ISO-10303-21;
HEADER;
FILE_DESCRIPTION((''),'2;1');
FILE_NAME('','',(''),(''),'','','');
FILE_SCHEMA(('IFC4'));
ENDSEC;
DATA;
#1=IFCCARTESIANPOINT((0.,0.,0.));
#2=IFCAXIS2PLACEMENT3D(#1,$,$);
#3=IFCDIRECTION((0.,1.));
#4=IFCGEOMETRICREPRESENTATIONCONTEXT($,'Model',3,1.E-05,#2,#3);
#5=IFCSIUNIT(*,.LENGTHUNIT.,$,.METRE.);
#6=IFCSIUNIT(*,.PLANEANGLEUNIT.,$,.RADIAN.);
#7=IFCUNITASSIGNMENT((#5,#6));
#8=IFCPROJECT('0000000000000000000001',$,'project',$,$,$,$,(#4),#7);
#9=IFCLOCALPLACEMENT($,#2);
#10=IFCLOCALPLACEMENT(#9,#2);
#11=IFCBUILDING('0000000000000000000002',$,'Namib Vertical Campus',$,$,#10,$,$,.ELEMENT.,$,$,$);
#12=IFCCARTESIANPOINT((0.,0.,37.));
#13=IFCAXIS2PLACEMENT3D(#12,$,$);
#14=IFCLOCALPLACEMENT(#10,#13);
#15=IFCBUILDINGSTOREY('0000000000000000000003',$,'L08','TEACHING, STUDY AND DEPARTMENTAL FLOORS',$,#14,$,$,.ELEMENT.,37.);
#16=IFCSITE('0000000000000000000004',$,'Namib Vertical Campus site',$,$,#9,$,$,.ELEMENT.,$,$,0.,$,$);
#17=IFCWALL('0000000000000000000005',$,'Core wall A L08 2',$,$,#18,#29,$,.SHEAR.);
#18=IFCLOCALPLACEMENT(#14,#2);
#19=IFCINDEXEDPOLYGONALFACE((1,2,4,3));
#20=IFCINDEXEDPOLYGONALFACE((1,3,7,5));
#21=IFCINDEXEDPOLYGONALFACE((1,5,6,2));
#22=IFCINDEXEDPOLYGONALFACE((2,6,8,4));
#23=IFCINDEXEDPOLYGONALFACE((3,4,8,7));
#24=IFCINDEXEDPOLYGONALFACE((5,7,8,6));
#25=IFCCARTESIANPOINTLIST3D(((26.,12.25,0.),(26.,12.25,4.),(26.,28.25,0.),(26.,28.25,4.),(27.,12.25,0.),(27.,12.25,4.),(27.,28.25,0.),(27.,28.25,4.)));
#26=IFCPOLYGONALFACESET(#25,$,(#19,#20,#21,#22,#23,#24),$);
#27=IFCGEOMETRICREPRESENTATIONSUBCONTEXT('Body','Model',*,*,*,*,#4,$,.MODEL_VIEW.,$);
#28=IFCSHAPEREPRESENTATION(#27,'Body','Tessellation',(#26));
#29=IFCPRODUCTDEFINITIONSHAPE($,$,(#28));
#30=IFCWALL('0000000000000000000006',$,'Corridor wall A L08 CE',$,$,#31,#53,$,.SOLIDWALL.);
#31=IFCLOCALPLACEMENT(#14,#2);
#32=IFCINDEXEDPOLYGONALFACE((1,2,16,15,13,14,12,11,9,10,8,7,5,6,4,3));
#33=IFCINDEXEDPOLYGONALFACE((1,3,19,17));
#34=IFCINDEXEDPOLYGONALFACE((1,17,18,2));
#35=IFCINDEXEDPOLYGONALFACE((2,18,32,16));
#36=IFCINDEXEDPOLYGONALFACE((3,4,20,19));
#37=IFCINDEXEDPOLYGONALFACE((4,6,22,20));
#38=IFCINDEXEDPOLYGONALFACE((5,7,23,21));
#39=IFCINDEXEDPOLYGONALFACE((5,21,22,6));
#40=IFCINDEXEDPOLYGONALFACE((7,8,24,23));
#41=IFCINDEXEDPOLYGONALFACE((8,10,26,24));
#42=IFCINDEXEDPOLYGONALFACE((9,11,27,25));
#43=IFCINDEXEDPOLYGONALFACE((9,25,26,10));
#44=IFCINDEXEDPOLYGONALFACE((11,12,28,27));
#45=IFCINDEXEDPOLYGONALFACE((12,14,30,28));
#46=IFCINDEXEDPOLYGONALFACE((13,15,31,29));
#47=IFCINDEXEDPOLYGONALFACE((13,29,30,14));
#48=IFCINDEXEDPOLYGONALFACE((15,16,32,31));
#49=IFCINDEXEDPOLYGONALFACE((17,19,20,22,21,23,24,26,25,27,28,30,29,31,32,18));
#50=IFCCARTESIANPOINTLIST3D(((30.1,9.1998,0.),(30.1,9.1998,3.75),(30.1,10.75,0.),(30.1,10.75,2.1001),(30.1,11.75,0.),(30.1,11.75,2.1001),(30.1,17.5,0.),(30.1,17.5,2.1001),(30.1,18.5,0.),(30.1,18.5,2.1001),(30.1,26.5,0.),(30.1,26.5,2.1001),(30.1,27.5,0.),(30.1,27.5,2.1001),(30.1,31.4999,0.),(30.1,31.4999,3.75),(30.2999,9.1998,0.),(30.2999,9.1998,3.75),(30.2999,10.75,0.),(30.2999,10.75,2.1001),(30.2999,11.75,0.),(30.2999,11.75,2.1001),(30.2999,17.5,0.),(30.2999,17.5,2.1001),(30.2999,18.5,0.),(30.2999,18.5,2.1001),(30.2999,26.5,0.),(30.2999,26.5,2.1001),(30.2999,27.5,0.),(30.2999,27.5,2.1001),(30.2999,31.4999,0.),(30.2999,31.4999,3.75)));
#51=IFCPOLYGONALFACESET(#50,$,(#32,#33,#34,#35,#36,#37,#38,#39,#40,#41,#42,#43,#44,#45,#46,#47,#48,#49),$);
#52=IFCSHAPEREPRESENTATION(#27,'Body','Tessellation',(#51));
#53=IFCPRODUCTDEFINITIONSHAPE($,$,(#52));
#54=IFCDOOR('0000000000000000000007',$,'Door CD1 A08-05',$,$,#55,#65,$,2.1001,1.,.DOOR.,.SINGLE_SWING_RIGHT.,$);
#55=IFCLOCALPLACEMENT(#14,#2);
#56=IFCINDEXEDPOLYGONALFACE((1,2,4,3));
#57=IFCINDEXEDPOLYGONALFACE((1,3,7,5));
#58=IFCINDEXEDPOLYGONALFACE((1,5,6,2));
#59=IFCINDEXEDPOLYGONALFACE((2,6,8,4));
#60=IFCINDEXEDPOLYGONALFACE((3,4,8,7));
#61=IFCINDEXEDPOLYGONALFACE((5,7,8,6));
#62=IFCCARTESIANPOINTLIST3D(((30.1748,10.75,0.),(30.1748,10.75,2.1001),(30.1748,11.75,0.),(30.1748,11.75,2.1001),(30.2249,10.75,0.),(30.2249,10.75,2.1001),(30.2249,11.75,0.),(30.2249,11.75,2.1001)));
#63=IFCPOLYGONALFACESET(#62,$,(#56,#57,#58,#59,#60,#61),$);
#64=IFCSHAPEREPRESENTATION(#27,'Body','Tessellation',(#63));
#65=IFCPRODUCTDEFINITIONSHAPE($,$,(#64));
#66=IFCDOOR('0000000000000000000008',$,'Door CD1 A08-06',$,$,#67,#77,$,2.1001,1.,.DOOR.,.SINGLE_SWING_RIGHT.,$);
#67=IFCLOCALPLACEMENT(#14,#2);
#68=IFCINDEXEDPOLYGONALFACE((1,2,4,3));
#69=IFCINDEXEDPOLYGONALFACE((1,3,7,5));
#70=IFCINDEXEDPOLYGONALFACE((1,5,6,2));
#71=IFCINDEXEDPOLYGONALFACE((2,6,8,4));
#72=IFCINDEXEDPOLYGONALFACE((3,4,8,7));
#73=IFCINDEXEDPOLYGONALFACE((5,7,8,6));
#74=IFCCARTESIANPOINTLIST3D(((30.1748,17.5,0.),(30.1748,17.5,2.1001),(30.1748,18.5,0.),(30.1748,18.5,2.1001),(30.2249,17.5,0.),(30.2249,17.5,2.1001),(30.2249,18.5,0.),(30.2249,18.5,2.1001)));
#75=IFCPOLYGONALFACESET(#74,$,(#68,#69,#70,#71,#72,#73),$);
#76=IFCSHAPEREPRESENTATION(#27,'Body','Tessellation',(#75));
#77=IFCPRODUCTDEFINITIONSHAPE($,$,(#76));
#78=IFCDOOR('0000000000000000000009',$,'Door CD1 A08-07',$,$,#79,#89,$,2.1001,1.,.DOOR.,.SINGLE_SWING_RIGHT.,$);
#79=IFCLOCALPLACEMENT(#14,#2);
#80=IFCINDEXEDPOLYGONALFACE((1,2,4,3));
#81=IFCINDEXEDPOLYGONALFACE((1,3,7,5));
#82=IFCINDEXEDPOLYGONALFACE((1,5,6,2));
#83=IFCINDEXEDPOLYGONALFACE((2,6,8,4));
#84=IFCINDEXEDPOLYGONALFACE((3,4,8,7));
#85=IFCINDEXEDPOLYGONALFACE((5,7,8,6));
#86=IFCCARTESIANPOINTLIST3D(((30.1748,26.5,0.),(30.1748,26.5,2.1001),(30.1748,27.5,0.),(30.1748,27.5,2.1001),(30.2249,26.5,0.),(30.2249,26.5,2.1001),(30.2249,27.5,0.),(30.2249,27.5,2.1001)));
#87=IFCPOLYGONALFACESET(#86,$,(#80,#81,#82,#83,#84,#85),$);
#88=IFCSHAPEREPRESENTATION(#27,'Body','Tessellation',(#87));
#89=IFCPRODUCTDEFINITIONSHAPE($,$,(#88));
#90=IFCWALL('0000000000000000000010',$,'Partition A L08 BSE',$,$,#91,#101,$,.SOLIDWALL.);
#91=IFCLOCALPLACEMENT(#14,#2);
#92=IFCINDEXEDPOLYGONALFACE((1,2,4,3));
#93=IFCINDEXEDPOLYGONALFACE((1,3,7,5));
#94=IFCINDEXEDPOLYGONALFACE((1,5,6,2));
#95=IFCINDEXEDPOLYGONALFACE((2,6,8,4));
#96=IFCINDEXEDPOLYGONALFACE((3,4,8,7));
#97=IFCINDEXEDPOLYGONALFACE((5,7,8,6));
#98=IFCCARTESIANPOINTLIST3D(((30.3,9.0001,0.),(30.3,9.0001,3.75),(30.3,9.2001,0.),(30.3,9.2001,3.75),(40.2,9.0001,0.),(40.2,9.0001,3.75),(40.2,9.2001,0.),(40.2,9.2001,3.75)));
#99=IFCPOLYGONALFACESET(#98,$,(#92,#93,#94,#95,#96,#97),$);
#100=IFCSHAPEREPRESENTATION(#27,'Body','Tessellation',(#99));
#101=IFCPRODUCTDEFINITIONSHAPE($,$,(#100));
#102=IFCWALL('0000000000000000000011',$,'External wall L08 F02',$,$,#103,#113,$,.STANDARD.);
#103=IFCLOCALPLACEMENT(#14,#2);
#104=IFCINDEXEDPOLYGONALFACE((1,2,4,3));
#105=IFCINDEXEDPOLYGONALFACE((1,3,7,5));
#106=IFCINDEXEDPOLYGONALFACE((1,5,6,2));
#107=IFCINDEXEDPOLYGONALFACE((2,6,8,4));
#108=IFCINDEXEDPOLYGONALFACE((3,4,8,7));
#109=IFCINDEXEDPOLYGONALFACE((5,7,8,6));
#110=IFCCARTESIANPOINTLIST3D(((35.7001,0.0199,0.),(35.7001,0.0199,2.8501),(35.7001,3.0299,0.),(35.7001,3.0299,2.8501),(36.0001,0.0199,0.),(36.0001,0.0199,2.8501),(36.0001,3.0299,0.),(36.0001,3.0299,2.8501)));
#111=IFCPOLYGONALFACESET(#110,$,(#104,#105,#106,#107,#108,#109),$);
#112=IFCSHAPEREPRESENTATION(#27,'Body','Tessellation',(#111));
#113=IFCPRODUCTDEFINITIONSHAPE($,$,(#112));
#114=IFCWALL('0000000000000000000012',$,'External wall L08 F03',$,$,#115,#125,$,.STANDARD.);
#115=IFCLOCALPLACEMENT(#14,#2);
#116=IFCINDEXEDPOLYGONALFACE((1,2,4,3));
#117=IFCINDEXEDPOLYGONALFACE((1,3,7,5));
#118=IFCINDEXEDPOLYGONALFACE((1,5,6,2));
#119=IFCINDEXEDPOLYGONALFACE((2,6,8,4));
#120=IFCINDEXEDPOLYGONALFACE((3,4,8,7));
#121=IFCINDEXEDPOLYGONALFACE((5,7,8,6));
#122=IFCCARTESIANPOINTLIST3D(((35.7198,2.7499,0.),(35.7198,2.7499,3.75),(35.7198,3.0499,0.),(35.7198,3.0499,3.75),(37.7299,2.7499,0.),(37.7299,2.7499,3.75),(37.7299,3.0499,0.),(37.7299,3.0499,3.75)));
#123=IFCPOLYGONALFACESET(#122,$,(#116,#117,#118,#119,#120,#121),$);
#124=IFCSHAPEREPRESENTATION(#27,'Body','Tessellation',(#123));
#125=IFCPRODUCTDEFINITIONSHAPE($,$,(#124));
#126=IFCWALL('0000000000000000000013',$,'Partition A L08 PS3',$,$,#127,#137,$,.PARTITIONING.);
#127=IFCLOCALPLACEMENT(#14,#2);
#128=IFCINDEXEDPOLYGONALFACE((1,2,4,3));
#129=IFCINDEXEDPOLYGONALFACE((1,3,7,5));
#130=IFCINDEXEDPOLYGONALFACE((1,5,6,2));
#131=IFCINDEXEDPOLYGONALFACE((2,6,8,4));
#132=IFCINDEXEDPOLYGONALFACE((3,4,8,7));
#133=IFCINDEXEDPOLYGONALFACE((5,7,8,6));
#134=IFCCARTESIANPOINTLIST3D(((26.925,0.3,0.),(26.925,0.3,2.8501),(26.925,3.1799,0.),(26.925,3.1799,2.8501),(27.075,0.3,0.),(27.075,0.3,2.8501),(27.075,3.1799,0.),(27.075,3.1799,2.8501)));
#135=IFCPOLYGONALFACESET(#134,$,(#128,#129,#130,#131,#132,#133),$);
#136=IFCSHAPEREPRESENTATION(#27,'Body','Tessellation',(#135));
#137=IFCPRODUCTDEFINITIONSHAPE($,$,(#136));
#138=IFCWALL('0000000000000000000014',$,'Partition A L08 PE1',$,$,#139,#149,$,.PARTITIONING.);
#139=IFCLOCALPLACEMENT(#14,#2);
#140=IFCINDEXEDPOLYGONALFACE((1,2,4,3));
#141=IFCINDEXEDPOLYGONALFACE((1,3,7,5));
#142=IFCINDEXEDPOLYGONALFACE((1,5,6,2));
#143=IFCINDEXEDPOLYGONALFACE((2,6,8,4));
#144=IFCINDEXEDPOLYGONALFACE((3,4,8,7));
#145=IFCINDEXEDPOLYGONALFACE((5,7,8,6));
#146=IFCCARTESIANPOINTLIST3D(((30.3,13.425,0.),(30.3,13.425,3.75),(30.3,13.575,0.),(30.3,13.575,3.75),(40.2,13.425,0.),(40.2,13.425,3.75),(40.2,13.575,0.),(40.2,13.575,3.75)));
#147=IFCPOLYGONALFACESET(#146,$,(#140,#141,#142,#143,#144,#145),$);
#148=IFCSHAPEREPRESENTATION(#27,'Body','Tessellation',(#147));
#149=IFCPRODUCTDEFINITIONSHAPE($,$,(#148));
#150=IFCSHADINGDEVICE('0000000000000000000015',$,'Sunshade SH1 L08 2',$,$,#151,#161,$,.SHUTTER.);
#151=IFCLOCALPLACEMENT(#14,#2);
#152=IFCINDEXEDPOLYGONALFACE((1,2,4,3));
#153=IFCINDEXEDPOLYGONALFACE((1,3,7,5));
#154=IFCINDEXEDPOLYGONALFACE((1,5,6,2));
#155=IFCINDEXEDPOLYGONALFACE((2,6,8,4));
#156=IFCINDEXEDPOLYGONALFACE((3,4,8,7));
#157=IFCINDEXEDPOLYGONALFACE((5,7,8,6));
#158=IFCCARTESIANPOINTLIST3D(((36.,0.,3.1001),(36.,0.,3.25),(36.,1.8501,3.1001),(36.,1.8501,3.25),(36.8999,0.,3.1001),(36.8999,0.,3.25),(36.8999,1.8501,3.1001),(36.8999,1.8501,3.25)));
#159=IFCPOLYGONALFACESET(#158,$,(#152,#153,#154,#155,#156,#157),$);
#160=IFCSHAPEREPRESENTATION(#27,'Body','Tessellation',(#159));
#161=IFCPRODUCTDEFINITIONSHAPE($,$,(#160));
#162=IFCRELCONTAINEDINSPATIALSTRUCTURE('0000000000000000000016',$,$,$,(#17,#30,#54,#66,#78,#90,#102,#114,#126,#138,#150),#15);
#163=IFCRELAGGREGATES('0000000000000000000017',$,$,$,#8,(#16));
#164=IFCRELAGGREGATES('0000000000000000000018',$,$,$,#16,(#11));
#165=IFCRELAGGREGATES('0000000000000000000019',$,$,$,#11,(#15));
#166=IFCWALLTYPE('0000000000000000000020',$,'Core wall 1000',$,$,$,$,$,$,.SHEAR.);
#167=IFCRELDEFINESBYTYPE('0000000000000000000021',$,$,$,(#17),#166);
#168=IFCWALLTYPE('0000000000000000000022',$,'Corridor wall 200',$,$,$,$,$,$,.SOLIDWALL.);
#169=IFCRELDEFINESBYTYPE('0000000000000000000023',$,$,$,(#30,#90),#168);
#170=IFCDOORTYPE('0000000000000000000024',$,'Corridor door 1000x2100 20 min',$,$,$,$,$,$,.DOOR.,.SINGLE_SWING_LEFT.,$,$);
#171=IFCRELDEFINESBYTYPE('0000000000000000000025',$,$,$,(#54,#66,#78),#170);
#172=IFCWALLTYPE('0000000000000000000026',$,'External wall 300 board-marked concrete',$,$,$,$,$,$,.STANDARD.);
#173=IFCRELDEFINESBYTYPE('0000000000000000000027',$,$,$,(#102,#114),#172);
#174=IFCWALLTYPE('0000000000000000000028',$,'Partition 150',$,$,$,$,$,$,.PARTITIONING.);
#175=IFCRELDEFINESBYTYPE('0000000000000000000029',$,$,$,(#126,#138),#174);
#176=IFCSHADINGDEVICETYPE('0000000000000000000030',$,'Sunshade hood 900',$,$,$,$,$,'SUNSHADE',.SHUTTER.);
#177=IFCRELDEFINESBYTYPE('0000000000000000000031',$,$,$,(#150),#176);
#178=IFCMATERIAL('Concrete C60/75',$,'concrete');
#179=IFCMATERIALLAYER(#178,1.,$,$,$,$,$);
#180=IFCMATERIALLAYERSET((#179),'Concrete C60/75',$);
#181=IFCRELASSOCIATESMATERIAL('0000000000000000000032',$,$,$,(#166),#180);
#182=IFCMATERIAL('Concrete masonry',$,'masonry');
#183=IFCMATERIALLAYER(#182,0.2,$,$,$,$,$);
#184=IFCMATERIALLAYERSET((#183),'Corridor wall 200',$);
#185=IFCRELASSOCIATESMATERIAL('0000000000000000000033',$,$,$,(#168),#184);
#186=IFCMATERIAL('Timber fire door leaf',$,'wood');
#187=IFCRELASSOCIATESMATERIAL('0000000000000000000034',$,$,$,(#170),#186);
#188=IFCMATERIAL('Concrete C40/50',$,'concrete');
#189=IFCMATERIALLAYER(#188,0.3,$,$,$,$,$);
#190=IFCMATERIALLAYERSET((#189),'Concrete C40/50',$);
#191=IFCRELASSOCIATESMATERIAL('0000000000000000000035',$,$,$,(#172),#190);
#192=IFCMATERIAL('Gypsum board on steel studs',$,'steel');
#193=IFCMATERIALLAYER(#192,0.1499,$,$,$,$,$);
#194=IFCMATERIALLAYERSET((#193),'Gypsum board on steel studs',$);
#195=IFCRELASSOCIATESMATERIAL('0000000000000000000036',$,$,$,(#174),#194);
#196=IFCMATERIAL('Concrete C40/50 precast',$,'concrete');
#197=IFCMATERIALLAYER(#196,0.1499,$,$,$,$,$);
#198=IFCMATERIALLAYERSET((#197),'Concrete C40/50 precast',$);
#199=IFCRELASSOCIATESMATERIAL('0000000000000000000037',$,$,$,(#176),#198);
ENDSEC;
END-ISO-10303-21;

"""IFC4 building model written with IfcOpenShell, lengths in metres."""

from ifc_helpers import new_model, si_unit, direction, frame, frame_2d, origin, origin_2d, place, context, subcontext, project, spatial, rectangle, extrude, material, layer, layer_set, type_object, element, fill, save


model = new_model("IFC4")

# Units and contexts
model_context = context("Model", 3, precision=1e-05, world=origin(), true_north=direction((0.0, 1.0)))
body_context = subcontext(model_context, "Body", "Model", "MODEL_VIEW")
ifc_project = project(units=[si_unit("LENGTHUNIT", "METRE"), si_unit("PLANEANGLEUNIT", "RADIAN")], contexts=[model_context])

# Site, building, storey
site_placement = place(None, origin())
site = spatial("IfcSite", under=ifc_project, at=site_placement, Name="Namib Vertical Campus site", CompositionType="ELEMENT", RefElevation=0.0)
building_placement = place(site_placement, origin())
building = spatial("IfcBuilding", under=site, at=building_placement, Name="Namib Vertical Campus", CompositionType="ELEMENT")
storey_placement = place(building_placement, frame((0.0, 0.0, 37.0)))
storey = spatial("IfcBuildingStorey", under=building, at=storey_placement, Name="L08", Description="TEACHING, STUDY AND DEPARTMENTAL FLOORS", CompositionType="ELEMENT", Elevation=37.0)

# Wall
ifc_material_1 = material(Name="Concrete C60/75", Category="concrete")
ifc_layer_1 = layer(ifc_material_1, 1.0)
ifc_layer_set_1 = layer_set([ifc_layer_1], Name="Concrete C60/75")
wall_type_1 = type_object("IfcWallType", Name="Core wall 1000", PredefinedType="SHEAR", material=ifc_layer_set_1)
wall_1_placement = place(storey_placement, frame((26.5, 12.25, 0.0), z_axis=(0.0, 0.0, 1.0), x_axis=(0.0, 1.0, 0.0)))
element("IfcWall", 1, at=wall_1_placement, inside=storey, type_object=wall_type_1, Name="Core wall A L08 2", PredefinedType="SHEAR", context=body_context, shape_type="SweptSolid", body=[
    extrude(rectangle(XDim=16.0, YDim=1.0, at=frame_2d((8.0, 0.0))), origin(), (0.0, 0.0, 1.0), 4.0),
])

# Wall, openings, doors
ifc_material_2 = material(Name="Concrete masonry", Category="masonry")
ifc_layer_2 = layer(ifc_material_2, 0.2)
ifc_layer_set_2 = layer_set([ifc_layer_2], Name="Corridor wall 200")
wall_type_2 = type_object("IfcWallType", Name="Corridor wall 200", PredefinedType="SOLIDWALL", material=ifc_layer_set_2)
wall_2_placement = place(storey_placement, frame((30.2, 9.2, 0.0), z_axis=(0.0, 0.0, 1.0), x_axis=(0.0, 1.0, 0.0)))
wall_2 = element("IfcWall", 2, at=wall_2_placement, inside=storey, type_object=wall_type_2, Name="Corridor wall A L08 CE", PredefinedType="SOLIDWALL", context=body_context, shape_type="SweptSolid", body=[
    extrude(rectangle(XDim=22.3, YDim=0.2, at=frame_2d((11.1499, 0.0))), origin(), (0.0, 0.0, 1.0), 3.75),
])
opening_1_placement = place(wall_2_placement, frame((1.55, 0.0, 0.0)))
opening_1 = element("IfcOpeningElement", 3, at=opening_1_placement, cuts=wall_2, PredefinedType="OPENING", context=body_context, shape_type="SweptSolid", body=[
    extrude(rectangle(XDim=1.0, YDim=2.1001, at=frame_2d((0.5, 1.05))), frame((0.0, 0.1099, 0.0), z_axis=(0.0, -1.0, 0.0), x_axis=(1.0, 0.0, 0.0)), (0.0, 0.0, 1.0), 0.22),
])
opening_2_placement = place(wall_2_placement, frame((8.3, 0.0, 0.0)))
opening_2 = element("IfcOpeningElement", 4, at=opening_2_placement, cuts=wall_2, PredefinedType="OPENING", context=body_context, shape_type="SweptSolid", body=[
    extrude(rectangle(XDim=1.0, YDim=2.1001, at=frame_2d((0.5, 1.05))), frame((0.0, 0.1099, 0.0), z_axis=(0.0, -1.0, 0.0), x_axis=(1.0, 0.0, 0.0)), (0.0, 0.0, 1.0), 0.22),
])
opening_3_placement = place(wall_2_placement, frame((17.3, 0.0, 0.0)))
opening_3 = element("IfcOpeningElement", 5, at=opening_3_placement, cuts=wall_2, PredefinedType="OPENING", context=body_context, shape_type="SweptSolid", body=[
    extrude(rectangle(XDim=1.0, YDim=2.1001, at=frame_2d((0.5, 1.05))), frame((0.0, 0.1099, 0.0), z_axis=(0.0, -1.0, 0.0), x_axis=(1.0, 0.0, 0.0)), (0.0, 0.0, 1.0), 0.22),
])
ifc_material_3 = material(Name="Timber fire door leaf", Category="wood")
door_type = type_object("IfcDoorType", Name="Corridor door 1000x2100 20 min", OperationType="SINGLE_SWING_LEFT", PredefinedType="DOOR", material=ifc_material_3)
door_1_placement = place(opening_1_placement, frame((1.0, 0.0, 0.0), z_axis=(0.0, 0.0, 1.0), x_axis=(-1.0, 0.0, 0.0)))
door_1 = element("IfcDoor", 6, at=door_1_placement, inside=storey, type_object=door_type, Name="Door CD1 A08-05", OperationType="SINGLE_SWING_RIGHT", OverallHeight=2.1001, OverallWidth=1.0, PredefinedType="DOOR", context=body_context, shape_type="SweptSolid", body=[
    extrude(rectangle(XDim=1.0, YDim=2.1001, at=frame_2d((0.5, 1.05))), frame((0.0, 0.0249, 0.0), z_axis=(0.0, -1.0, 0.0), x_axis=(1.0, 0.0, 0.0)), (0.0, 0.0, 1.0), 0.05),
])
fill(opening_1, door_1)
door_2_placement = place(opening_2_placement, frame((1.0, 0.0, 0.0), z_axis=(0.0, 0.0, 1.0), x_axis=(-1.0, 0.0, 0.0)))
door_2 = element("IfcDoor", 7, at=door_2_placement, inside=storey, type_object=door_type, Name="Door CD1 A08-06", OperationType="SINGLE_SWING_RIGHT", OverallHeight=2.1001, OverallWidth=1.0, PredefinedType="DOOR", context=body_context, shape_type="SweptSolid", body=[
    extrude(rectangle(XDim=1.0, YDim=2.1001, at=frame_2d((0.5, 1.05))), frame((0.0, 0.0249, 0.0), z_axis=(0.0, -1.0, 0.0), x_axis=(1.0, 0.0, 0.0)), (0.0, 0.0, 1.0), 0.05),
])
fill(opening_2, door_2)
door_3_placement = place(opening_3_placement, frame((1.0, 0.0, 0.0), z_axis=(0.0, 0.0, 1.0), x_axis=(-1.0, 0.0, 0.0)))
door_3 = element("IfcDoor", 8, at=door_3_placement, inside=storey, type_object=door_type, Name="Door CD1 A08-07", OperationType="SINGLE_SWING_RIGHT", OverallHeight=2.1001, OverallWidth=1.0, PredefinedType="DOOR", context=body_context, shape_type="SweptSolid", body=[
    extrude(rectangle(XDim=1.0, YDim=2.1001, at=frame_2d((0.5, 1.05))), frame((0.0, 0.0249, 0.0), z_axis=(0.0, -1.0, 0.0), x_axis=(1.0, 0.0, 0.0)), (0.0, 0.0, 1.0), 0.05),
])
fill(opening_3, door_3)

# Walls
wall_3_placement = place(storey_placement, frame((30.3, 9.1001, 0.0), z_axis=(0.0, 0.0, 1.0), x_axis=(1.0, 0.0, 0.0)))
element("IfcWall", 9, at=wall_3_placement, inside=storey, type_object=wall_type_2, Name="Partition A L08 BSE", PredefinedType="SOLIDWALL", context=body_context, shape_type="SweptSolid", body=[
    extrude(rectangle(XDim=9.8999, YDim=0.2, at=frame_2d((4.95, 0.0))), origin(), (0.0, 0.0, 1.0), 3.75),
])
ifc_material_4 = material(Name="Concrete C40/50", Category="concrete")
ifc_layer_3 = layer(ifc_material_4, 0.3)
ifc_layer_set_3 = layer_set([ifc_layer_3], Name="Concrete C40/50")
wall_type_3 = type_object("IfcWallType", Name="External wall 300 board-marked concrete", PredefinedType="STANDARD", material=ifc_layer_set_3)
wall_4_placement = place(storey_placement, frame((35.8501, 0.02, 0.0), z_axis=(0.0, 0.0, 1.0), x_axis=(0.0, 1.0, 0.0)))
element("IfcWall", 10, at=wall_4_placement, inside=storey, type_object=wall_type_3, Name="External wall L08 F02", PredefinedType="STANDARD", context=body_context, shape_type="SweptSolid", body=[
    extrude(rectangle(XDim=3.01, YDim=0.3, at=frame_2d((1.5049, 0.0))), origin(), (0.0, 0.0, 1.0), 2.8501),
])
wall_5_placement = place(storey_placement, frame((35.72, 2.8999, 0.0), z_axis=(0.0, 0.0, 1.0), x_axis=(1.0, 0.0, 0.0)))
element("IfcWall", 11, at=wall_5_placement, inside=storey, type_object=wall_type_3, Name="External wall L08 F03", PredefinedType="STANDARD", context=body_context, shape_type="SweptSolid", body=[
    extrude(rectangle(XDim=2.01, YDim=0.3, at=frame_2d((1.0049, 0.0))), origin(), (0.0, 0.0, 1.0), 3.75),
])
ifc_material_5 = material(Name="Gypsum board on steel studs", Category="steel")
ifc_layer_4 = layer(ifc_material_5, 0.1499)
ifc_layer_set_4 = layer_set([ifc_layer_4], Name="Gypsum board on steel studs")
wall_type_4 = type_object("IfcWallType", Name="Partition 150", PredefinedType="PARTITIONING", material=ifc_layer_set_4)
wall_6_placement = place(storey_placement, frame((27.0, 0.3, 0.0), z_axis=(0.0, 0.0, 1.0), x_axis=(0.0, 1.0, 0.0)))
element("IfcWall", 12, at=wall_6_placement, inside=storey, type_object=wall_type_4, Name="Partition A L08 PS3", PredefinedType="PARTITIONING", context=body_context, shape_type="SweptSolid", body=[
    extrude(rectangle(XDim=2.8799, YDim=0.1499, at=frame_2d((1.4399, 0.0))), origin(), (0.0, 0.0, 1.0), 2.8501),
])
wall_7_placement = place(storey_placement, frame((30.3, 13.5, 0.0), z_axis=(0.0, 0.0, 1.0), x_axis=(1.0, 0.0, 0.0)))
element("IfcWall", 13, at=wall_7_placement, inside=storey, type_object=wall_type_4, Name="Partition A L08 PE1", PredefinedType="PARTITIONING", context=body_context, shape_type="SweptSolid", body=[
    extrude(rectangle(XDim=9.8999, YDim=0.1499, at=frame_2d((4.95, 0.0))), origin(), (0.0, 0.0, 1.0), 3.75),
])

# Shading device
ifc_material_6 = material(Name="Concrete C40/50 precast", Category="concrete")
ifc_layer_5 = layer(ifc_material_6, 0.1499)
ifc_layer_set_5 = layer_set([ifc_layer_5], Name="Concrete C40/50 precast")
shading_device_type = type_object("IfcShadingDeviceType", Name="Sunshade hood 900", ElementType="SUNSHADE", PredefinedType="SHUTTER", material=ifc_layer_set_5)
shading_device_placement = place(storey_placement, frame((36.45, 0.925, 3.1001), z_axis=(0.0, 0.0, 1.0), x_axis=(0.0, 1.0, 0.0)))
element("IfcShadingDevice", 14, at=shading_device_placement, inside=storey, type_object=shading_device_type, Name="Sunshade SH1 L08 2", PredefinedType="SHUTTER", context=body_context, shape_type="SweptSolid", body=[
    extrude(rectangle(XDim=1.8501, YDim=0.8999, at=origin_2d()), origin(), (0.0, 0.0, 1.0), 0.1499),
])

save(model, "model.ifc")
